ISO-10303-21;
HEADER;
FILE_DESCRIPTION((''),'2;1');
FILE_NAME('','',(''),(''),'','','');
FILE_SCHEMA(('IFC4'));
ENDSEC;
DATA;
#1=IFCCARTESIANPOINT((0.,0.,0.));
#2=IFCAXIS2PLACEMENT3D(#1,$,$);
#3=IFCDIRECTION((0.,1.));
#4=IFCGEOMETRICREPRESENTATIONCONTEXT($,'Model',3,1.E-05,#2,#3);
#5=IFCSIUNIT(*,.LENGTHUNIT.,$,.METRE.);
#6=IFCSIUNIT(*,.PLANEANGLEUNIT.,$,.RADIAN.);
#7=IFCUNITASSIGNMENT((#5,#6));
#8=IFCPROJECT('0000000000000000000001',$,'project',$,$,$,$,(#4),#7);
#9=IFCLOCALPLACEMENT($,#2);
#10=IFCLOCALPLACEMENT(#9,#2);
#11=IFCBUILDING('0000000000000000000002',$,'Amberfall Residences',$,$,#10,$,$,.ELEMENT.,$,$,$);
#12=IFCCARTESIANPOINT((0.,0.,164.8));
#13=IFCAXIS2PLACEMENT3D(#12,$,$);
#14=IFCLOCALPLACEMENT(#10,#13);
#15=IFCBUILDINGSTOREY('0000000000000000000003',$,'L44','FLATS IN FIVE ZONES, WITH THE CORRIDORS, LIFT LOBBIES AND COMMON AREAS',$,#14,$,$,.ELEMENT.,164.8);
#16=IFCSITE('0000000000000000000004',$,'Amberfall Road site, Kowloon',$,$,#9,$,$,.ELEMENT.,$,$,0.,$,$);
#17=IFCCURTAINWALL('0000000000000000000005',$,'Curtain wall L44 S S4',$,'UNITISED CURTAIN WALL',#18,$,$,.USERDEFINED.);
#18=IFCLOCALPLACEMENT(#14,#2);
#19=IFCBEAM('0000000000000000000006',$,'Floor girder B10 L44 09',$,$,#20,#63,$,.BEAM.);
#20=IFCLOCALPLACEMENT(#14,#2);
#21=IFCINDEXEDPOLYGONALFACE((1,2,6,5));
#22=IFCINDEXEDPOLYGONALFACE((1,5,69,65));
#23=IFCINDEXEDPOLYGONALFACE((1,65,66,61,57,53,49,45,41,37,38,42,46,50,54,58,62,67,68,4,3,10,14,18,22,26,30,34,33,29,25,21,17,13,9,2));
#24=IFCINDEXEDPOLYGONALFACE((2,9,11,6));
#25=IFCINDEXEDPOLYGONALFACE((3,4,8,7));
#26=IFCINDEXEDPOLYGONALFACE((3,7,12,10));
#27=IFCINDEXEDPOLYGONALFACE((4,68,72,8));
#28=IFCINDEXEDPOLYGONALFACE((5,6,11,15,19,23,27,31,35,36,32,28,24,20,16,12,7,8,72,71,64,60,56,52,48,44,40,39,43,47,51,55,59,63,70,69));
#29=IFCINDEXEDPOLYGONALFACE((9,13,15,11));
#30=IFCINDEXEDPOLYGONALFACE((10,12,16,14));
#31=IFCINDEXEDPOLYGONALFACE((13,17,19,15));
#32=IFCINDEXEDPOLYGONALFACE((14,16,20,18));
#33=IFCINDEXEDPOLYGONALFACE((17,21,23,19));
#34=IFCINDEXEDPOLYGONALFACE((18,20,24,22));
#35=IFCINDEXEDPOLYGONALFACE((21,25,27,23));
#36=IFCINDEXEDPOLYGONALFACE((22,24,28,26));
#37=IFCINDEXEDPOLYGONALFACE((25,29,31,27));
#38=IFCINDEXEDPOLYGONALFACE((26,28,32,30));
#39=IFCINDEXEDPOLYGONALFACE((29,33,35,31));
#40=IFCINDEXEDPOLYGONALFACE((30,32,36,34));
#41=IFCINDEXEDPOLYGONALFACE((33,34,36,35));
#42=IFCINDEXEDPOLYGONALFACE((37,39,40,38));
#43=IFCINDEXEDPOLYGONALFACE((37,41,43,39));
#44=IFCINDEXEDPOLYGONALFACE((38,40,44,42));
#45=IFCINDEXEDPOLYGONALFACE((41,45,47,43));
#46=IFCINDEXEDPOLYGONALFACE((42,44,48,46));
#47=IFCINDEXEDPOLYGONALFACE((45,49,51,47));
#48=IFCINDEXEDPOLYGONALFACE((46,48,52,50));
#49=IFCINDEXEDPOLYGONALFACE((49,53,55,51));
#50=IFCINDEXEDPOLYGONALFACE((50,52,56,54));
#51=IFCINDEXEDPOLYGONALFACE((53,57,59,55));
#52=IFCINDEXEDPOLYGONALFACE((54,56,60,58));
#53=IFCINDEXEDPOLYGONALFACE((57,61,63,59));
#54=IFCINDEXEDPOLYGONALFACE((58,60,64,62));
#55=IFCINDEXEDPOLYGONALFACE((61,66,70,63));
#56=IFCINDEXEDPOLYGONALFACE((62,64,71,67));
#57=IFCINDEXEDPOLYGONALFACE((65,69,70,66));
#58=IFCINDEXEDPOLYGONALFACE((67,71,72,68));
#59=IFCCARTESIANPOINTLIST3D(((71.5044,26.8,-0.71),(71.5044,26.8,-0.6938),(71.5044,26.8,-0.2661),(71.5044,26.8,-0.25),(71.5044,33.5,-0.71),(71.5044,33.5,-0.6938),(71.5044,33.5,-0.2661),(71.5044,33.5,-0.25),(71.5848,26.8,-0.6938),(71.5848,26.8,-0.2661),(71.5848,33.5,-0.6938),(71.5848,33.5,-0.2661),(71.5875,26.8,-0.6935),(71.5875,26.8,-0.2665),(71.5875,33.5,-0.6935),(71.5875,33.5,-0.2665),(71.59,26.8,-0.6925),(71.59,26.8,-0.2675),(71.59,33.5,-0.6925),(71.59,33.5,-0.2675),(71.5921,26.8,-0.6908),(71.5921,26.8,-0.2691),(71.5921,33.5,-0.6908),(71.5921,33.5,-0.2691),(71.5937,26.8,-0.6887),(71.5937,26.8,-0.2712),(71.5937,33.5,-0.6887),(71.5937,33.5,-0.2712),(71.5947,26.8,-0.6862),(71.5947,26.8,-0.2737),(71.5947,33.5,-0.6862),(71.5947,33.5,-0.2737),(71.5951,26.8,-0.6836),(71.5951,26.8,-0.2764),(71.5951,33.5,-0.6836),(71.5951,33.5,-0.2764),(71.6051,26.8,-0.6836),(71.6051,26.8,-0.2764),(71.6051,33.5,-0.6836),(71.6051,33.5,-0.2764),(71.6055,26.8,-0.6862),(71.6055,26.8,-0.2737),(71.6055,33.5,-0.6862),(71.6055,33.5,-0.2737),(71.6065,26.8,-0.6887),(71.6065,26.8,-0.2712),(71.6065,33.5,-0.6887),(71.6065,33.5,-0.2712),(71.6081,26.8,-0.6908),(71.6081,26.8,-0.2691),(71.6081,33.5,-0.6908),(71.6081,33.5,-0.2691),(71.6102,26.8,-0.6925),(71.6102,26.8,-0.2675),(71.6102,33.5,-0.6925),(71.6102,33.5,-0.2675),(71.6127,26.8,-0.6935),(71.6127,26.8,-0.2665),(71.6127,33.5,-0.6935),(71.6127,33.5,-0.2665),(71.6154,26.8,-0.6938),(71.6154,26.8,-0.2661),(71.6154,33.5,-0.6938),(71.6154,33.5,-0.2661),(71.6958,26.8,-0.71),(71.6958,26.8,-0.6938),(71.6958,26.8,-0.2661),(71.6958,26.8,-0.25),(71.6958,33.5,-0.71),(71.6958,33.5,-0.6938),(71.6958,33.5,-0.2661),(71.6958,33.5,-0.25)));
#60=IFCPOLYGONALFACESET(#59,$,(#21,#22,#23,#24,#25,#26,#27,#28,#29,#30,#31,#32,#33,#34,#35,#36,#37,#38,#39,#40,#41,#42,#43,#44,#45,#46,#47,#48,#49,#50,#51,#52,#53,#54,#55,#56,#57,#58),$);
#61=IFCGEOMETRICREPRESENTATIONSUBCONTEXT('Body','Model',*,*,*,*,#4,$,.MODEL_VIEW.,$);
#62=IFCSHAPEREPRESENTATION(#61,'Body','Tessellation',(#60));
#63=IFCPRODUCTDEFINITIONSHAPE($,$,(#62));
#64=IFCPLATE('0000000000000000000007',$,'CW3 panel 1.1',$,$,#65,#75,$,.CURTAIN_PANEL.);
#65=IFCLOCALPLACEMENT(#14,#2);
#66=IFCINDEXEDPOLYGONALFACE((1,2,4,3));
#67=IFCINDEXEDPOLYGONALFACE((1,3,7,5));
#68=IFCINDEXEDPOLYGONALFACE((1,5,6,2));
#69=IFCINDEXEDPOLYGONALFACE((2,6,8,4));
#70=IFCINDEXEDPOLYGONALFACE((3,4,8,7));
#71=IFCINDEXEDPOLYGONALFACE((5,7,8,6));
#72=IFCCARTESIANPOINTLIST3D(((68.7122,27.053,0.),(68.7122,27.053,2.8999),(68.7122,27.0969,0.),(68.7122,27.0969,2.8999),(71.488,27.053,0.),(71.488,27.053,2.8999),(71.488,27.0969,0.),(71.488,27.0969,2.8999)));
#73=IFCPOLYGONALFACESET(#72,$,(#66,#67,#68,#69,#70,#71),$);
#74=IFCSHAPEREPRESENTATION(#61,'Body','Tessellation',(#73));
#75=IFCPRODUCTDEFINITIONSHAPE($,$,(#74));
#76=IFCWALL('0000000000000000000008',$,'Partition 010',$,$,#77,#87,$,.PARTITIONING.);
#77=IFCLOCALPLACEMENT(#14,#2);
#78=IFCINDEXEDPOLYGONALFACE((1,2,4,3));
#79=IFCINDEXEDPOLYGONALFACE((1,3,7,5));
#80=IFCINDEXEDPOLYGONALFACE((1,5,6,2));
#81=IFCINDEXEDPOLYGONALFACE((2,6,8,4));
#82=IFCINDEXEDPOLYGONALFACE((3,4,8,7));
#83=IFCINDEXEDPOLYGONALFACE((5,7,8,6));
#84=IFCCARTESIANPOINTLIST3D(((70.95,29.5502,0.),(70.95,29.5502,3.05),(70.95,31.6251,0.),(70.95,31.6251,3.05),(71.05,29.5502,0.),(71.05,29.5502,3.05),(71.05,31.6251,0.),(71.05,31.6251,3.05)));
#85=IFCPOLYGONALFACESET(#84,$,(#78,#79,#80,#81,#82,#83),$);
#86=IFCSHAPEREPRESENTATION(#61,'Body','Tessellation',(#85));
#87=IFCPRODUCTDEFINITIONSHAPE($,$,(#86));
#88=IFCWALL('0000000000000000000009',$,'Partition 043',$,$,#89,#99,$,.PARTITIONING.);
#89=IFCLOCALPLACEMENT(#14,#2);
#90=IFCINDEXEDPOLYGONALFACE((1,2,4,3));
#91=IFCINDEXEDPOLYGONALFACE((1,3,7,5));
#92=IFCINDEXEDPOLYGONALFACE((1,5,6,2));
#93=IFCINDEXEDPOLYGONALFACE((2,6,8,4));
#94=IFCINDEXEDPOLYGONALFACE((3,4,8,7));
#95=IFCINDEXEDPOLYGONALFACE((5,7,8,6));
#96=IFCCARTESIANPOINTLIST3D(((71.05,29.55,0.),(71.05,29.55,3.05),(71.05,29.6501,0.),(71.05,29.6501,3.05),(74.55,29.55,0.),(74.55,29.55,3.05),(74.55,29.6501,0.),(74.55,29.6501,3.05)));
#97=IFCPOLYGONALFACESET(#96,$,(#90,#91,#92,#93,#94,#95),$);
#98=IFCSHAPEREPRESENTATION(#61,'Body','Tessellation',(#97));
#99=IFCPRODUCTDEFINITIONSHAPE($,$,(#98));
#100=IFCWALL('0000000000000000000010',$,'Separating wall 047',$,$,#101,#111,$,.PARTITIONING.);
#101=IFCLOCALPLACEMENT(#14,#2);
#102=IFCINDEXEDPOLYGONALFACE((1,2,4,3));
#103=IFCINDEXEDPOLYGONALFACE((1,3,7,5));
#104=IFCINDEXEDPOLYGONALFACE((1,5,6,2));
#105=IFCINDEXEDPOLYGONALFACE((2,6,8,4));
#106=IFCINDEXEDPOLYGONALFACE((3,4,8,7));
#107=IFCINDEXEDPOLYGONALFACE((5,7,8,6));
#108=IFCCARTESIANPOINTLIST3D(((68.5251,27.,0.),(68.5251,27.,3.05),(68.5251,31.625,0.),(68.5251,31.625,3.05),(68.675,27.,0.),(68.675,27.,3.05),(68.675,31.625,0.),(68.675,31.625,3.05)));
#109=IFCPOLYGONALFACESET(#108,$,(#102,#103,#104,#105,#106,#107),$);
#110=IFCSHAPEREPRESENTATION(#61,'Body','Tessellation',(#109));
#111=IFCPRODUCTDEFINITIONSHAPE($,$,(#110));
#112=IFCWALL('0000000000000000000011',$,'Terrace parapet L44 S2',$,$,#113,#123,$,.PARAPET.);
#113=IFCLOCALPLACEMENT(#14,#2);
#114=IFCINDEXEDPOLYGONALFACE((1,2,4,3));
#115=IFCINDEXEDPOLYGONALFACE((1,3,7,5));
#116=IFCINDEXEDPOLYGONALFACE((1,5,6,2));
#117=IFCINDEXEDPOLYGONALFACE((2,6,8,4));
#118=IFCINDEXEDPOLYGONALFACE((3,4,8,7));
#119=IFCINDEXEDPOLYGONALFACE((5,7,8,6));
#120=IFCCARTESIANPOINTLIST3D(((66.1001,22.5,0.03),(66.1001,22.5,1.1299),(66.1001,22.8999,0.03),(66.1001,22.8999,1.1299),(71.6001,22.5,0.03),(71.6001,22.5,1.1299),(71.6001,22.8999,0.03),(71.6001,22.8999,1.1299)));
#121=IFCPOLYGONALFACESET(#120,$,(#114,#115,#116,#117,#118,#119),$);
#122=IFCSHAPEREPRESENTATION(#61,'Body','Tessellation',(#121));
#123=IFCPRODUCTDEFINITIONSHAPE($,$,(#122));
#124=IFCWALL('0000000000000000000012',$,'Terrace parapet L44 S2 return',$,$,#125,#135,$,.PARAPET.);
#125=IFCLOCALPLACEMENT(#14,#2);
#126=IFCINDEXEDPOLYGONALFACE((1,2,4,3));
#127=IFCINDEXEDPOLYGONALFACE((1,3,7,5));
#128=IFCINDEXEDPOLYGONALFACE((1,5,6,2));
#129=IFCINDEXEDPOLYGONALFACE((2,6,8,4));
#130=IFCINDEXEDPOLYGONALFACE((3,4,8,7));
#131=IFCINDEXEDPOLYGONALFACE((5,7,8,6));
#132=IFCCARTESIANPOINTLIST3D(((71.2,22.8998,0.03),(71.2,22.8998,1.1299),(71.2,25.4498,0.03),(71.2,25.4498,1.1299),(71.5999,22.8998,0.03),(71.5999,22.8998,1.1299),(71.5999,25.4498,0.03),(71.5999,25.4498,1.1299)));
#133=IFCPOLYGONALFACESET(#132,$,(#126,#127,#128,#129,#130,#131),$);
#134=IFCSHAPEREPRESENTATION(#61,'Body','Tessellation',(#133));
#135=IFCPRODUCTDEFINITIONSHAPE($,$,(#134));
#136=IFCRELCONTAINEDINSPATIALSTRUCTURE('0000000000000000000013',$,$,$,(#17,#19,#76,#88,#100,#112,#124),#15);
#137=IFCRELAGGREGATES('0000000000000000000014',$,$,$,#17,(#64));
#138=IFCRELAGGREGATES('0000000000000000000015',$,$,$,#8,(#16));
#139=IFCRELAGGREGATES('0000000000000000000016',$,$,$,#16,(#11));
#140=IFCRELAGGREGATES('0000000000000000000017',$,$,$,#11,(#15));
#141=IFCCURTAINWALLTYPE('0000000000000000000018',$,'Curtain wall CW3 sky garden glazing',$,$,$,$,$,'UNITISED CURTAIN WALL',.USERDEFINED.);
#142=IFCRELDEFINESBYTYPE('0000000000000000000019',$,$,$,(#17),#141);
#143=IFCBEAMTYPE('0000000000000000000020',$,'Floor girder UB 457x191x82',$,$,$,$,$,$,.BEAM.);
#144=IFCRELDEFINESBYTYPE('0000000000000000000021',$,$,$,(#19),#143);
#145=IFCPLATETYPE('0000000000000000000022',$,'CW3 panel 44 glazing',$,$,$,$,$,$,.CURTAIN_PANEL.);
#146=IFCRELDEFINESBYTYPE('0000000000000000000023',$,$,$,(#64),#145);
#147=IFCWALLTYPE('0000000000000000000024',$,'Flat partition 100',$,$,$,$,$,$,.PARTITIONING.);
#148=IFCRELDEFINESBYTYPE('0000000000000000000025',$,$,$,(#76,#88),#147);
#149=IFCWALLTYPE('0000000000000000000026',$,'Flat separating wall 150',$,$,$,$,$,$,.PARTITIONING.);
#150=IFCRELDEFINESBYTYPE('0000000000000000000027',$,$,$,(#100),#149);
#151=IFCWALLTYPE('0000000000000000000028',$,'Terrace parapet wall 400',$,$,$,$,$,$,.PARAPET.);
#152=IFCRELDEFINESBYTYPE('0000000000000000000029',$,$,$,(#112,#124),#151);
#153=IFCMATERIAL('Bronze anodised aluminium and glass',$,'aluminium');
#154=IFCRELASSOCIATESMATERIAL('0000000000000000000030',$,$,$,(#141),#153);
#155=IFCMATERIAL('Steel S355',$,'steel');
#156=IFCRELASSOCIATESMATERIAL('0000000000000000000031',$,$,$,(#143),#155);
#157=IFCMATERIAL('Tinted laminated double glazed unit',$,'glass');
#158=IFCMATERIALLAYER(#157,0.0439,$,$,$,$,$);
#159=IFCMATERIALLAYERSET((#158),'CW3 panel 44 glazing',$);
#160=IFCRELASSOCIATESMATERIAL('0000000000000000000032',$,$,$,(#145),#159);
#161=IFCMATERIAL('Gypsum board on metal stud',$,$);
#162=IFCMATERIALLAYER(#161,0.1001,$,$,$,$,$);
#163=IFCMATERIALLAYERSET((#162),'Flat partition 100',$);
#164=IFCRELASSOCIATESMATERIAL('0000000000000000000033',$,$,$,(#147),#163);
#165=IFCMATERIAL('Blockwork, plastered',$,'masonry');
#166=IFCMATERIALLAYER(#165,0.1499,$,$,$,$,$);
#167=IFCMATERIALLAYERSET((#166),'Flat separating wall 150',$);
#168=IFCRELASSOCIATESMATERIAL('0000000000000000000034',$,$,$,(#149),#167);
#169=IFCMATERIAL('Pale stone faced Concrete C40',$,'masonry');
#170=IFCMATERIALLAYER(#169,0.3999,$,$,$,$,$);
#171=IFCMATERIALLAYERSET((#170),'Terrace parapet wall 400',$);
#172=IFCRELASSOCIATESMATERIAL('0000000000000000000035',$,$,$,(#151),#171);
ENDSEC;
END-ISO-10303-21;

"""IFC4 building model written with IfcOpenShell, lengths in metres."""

from ifc_helpers import new_model, si_unit, direction, frame, frame_2d, origin, origin_2d, place, context, subcontext, project, spatial, rectangle, i_section, extrude, material, layer, layer_set, material_profile, profile_set, type_object, element, aggregate, save


model = new_model("IFC4")

# Units and contexts
model_context = context("Model", 3, precision=1e-05, world=origin(), true_north=direction((0.0, 1.0)))
body_context = subcontext(model_context, "Body", "Model", "MODEL_VIEW")
ifc_project = project(units=[si_unit("LENGTHUNIT", "METRE"), si_unit("PLANEANGLEUNIT", "RADIAN")], contexts=[model_context])

# Site, building, storey
site_placement = place(None, origin())
site = spatial("IfcSite", under=ifc_project, at=site_placement, Name="Amberfall Road site, Kowloon", CompositionType="ELEMENT", RefElevation=0.0)
building_placement = place(site_placement, origin())
building = spatial("IfcBuilding", under=site, at=building_placement, Name="Amberfall Residences", CompositionType="ELEMENT")
storey_placement = place(building_placement, frame((0.0, 0.0, 164.8)))
storey = spatial("IfcBuildingStorey", under=building, at=storey_placement, Name="L44", Description="FLATS IN FIVE ZONES, WITH THE CORRIDORS, LIFT LOBBIES AND COMMON AREAS", CompositionType="ELEMENT", Elevation=164.8)

# Curtain wall
ifc_material_1 = material(Name="Bronze anodised aluminium and glass", Category="aluminium")
curtain_wall_type = type_object("IfcCurtainWallType", Name="Curtain wall CW3 sky garden glazing", ElementType="UNITISED CURTAIN WALL", PredefinedType="USERDEFINED", material=ifc_material_1)
curtain_wall_1_placement = place(storey_placement, origin())
curtain_wall_1 = element("IfcCurtainWall", 1, at=curtain_wall_1_placement, inside=storey, type_object=curtain_wall_type, Name="Curtain wall L44 S S4", ObjectType="UNITISED CURTAIN WALL", PredefinedType="USERDEFINED")

# Beam
ifc_material_2 = material(Name="Steel S355", Category="steel")
ifc_material_profile_1 = material_profile(ifc_material_2, i_section(OverallWidth=0.1914, OverallDepth=0.46, WebThickness=0.01, FlangeThickness=0.0161, FilletRadius=0.0103, at=origin_2d()), Name="UB 457x191x82")
ifc_profile_set_1 = profile_set([ifc_material_profile_1], Name="Steel S355")
beam_type_1 = type_object("IfcBeamType", Name="Floor girder UB 457x191x82", PredefinedType="BEAM", material=ifc_profile_set_1)
beam_1_placement = place(storey_placement, frame((71.6001, 26.8, -0.48), z_axis=(0.0, 1.0, 0.0), x_axis=(-1.0, 0.0, 0.0)))
element("IfcBeam", 2, at=beam_1_placement, inside=storey, type_object=beam_type_1, Name="Floor girder B10 L44 09", PredefinedType="BEAM", context=body_context, shape_type="SweptSolid", body=[
    extrude(i_section(OverallWidth=0.1914, OverallDepth=0.46, WebThickness=0.01, FlangeThickness=0.0161, FilletRadius=0.0103, at=origin_2d()), origin(), (0.0, 0.0, 1.0), 6.7),
])

# Plate
ifc_material_3 = material(Name="Tinted laminated double glazed unit", Category="glass")
ifc_layer_1 = layer(ifc_material_3, 0.0439)
ifc_layer_set_1 = layer_set([ifc_layer_1], Name="CW3 panel 44 glazing")
plate_type = type_object("IfcPlateType", Name="CW3 panel 44 glazing", PredefinedType="CURTAIN_PANEL", material=ifc_layer_set_1)
plate_placement = place(storey_placement, frame((70.1001, 27.075, 0.0), z_axis=(0.0, 0.0, 1.0), x_axis=(1.0, 0.0, 0.0)))
plate = element("IfcPlate", 3, at=plate_placement, type_object=plate_type, Name="CW3 panel 1.1", PredefinedType="CURTAIN_PANEL", context=body_context, shape_type="SweptSolid", body=[
    extrude(rectangle(XDim=2.7759, YDim=0.0439, at=origin_2d()), origin(), (0.0, 0.0, 1.0), 2.8999),
])
aggregate(curtain_wall_1, [plate])

# Walls
ifc_material_4 = material(Name="Gypsum board on metal stud")
ifc_layer_2 = layer(ifc_material_4, 0.1001)
ifc_layer_set_2 = layer_set([ifc_layer_2], Name="Flat partition 100")
wall_type_1 = type_object("IfcWallType", Name="Flat partition 100", PredefinedType="PARTITIONING", material=ifc_layer_set_2)
wall_1_placement = place(storey_placement, frame((71.0, 29.55, 0.0), z_axis=(0.0, 0.0, 1.0), x_axis=(0.0, 1.0, 0.0)))
element("IfcWall", 4, at=wall_1_placement, inside=storey, type_object=wall_type_1, Name="Partition 010", PredefinedType="PARTITIONING", context=body_context, shape_type="SweptSolid", body=[
    extrude(rectangle(XDim=2.075, YDim=0.1001, at=frame_2d((1.0376, 0.0))), origin(), (0.0, 0.0, 1.0), 3.05),
])
wall_2_placement = place(storey_placement, frame((71.05, 29.6001, 0.0), z_axis=(0.0, 0.0, 1.0), x_axis=(1.0, 0.0, 0.0)))
element("IfcWall", 5, at=wall_2_placement, inside=storey, type_object=wall_type_1, Name="Partition 043", PredefinedType="PARTITIONING", context=body_context, shape_type="SweptSolid", body=[
    extrude(rectangle(XDim=3.5, YDim=0.1001, at=frame_2d((1.75, 0.0))), origin(), (0.0, 0.0, 1.0), 3.05),
])
ifc_material_5 = material(Name="Blockwork, plastered", Category="masonry")
ifc_layer_3 = layer(ifc_material_5, 0.1499)
ifc_layer_set_3 = layer_set([ifc_layer_3], Name="Flat separating wall 150")
wall_type_2 = type_object("IfcWallType", Name="Flat separating wall 150", PredefinedType="PARTITIONING", material=ifc_layer_set_3)
wall_3_placement = place(storey_placement, frame((68.6001, 27.0, 0.0), z_axis=(0.0, 0.0, 1.0), x_axis=(0.0, 1.0, 0.0)))
element("IfcWall", 6, at=wall_3_placement, inside=storey, type_object=wall_type_2, Name="Separating wall 047", PredefinedType="PARTITIONING", context=body_context, shape_type="SweptSolid", body=[
    extrude(rectangle(XDim=4.625, YDim=0.1499, at=frame_2d((2.3125, 0.0))), origin(), (0.0, 0.0, 1.0), 3.05),
])
ifc_material_6 = material(Name="Pale stone faced Concrete C40", Category="masonry")
ifc_layer_4 = layer(ifc_material_6, 0.3999)
ifc_layer_set_4 = layer_set([ifc_layer_4], Name="Terrace parapet wall 400")
wall_type_3 = type_object("IfcWallType", Name="Terrace parapet wall 400", PredefinedType="PARAPET", material=ifc_layer_set_4)
wall_4_placement = place(storey_placement, frame((66.1001, 22.7, 0.03), z_axis=(0.0, 0.0, 1.0), x_axis=(1.0, 0.0, 0.0)))
element("IfcWall", 7, at=wall_4_placement, inside=storey, type_object=wall_type_3, Name="Terrace parapet L44 S2", PredefinedType="PARAPET", context=body_context, shape_type="SweptSolid", body=[
    extrude(rectangle(XDim=5.5, YDim=0.3999, at=frame_2d((2.75, 0.0))), origin(), (0.0, 0.0, 1.0), 1.0999),
])
wall_5_placement = place(storey_placement, frame((71.3999, 22.8999, 0.03), z_axis=(0.0, 0.0, 1.0), x_axis=(0.0, 1.0, 0.0)))
element("IfcWall", 8, at=wall_5_placement, inside=storey, type_object=wall_type_3, Name="Terrace parapet L44 S2 return", PredefinedType="PARAPET", context=body_context, shape_type="SweptSolid", body=[
    extrude(rectangle(XDim=2.55, YDim=0.3999, at=frame_2d((1.2749, 0.0))), origin(), (0.0, 0.0, 1.0), 1.0999),
])

save(model, "model.ifc")
